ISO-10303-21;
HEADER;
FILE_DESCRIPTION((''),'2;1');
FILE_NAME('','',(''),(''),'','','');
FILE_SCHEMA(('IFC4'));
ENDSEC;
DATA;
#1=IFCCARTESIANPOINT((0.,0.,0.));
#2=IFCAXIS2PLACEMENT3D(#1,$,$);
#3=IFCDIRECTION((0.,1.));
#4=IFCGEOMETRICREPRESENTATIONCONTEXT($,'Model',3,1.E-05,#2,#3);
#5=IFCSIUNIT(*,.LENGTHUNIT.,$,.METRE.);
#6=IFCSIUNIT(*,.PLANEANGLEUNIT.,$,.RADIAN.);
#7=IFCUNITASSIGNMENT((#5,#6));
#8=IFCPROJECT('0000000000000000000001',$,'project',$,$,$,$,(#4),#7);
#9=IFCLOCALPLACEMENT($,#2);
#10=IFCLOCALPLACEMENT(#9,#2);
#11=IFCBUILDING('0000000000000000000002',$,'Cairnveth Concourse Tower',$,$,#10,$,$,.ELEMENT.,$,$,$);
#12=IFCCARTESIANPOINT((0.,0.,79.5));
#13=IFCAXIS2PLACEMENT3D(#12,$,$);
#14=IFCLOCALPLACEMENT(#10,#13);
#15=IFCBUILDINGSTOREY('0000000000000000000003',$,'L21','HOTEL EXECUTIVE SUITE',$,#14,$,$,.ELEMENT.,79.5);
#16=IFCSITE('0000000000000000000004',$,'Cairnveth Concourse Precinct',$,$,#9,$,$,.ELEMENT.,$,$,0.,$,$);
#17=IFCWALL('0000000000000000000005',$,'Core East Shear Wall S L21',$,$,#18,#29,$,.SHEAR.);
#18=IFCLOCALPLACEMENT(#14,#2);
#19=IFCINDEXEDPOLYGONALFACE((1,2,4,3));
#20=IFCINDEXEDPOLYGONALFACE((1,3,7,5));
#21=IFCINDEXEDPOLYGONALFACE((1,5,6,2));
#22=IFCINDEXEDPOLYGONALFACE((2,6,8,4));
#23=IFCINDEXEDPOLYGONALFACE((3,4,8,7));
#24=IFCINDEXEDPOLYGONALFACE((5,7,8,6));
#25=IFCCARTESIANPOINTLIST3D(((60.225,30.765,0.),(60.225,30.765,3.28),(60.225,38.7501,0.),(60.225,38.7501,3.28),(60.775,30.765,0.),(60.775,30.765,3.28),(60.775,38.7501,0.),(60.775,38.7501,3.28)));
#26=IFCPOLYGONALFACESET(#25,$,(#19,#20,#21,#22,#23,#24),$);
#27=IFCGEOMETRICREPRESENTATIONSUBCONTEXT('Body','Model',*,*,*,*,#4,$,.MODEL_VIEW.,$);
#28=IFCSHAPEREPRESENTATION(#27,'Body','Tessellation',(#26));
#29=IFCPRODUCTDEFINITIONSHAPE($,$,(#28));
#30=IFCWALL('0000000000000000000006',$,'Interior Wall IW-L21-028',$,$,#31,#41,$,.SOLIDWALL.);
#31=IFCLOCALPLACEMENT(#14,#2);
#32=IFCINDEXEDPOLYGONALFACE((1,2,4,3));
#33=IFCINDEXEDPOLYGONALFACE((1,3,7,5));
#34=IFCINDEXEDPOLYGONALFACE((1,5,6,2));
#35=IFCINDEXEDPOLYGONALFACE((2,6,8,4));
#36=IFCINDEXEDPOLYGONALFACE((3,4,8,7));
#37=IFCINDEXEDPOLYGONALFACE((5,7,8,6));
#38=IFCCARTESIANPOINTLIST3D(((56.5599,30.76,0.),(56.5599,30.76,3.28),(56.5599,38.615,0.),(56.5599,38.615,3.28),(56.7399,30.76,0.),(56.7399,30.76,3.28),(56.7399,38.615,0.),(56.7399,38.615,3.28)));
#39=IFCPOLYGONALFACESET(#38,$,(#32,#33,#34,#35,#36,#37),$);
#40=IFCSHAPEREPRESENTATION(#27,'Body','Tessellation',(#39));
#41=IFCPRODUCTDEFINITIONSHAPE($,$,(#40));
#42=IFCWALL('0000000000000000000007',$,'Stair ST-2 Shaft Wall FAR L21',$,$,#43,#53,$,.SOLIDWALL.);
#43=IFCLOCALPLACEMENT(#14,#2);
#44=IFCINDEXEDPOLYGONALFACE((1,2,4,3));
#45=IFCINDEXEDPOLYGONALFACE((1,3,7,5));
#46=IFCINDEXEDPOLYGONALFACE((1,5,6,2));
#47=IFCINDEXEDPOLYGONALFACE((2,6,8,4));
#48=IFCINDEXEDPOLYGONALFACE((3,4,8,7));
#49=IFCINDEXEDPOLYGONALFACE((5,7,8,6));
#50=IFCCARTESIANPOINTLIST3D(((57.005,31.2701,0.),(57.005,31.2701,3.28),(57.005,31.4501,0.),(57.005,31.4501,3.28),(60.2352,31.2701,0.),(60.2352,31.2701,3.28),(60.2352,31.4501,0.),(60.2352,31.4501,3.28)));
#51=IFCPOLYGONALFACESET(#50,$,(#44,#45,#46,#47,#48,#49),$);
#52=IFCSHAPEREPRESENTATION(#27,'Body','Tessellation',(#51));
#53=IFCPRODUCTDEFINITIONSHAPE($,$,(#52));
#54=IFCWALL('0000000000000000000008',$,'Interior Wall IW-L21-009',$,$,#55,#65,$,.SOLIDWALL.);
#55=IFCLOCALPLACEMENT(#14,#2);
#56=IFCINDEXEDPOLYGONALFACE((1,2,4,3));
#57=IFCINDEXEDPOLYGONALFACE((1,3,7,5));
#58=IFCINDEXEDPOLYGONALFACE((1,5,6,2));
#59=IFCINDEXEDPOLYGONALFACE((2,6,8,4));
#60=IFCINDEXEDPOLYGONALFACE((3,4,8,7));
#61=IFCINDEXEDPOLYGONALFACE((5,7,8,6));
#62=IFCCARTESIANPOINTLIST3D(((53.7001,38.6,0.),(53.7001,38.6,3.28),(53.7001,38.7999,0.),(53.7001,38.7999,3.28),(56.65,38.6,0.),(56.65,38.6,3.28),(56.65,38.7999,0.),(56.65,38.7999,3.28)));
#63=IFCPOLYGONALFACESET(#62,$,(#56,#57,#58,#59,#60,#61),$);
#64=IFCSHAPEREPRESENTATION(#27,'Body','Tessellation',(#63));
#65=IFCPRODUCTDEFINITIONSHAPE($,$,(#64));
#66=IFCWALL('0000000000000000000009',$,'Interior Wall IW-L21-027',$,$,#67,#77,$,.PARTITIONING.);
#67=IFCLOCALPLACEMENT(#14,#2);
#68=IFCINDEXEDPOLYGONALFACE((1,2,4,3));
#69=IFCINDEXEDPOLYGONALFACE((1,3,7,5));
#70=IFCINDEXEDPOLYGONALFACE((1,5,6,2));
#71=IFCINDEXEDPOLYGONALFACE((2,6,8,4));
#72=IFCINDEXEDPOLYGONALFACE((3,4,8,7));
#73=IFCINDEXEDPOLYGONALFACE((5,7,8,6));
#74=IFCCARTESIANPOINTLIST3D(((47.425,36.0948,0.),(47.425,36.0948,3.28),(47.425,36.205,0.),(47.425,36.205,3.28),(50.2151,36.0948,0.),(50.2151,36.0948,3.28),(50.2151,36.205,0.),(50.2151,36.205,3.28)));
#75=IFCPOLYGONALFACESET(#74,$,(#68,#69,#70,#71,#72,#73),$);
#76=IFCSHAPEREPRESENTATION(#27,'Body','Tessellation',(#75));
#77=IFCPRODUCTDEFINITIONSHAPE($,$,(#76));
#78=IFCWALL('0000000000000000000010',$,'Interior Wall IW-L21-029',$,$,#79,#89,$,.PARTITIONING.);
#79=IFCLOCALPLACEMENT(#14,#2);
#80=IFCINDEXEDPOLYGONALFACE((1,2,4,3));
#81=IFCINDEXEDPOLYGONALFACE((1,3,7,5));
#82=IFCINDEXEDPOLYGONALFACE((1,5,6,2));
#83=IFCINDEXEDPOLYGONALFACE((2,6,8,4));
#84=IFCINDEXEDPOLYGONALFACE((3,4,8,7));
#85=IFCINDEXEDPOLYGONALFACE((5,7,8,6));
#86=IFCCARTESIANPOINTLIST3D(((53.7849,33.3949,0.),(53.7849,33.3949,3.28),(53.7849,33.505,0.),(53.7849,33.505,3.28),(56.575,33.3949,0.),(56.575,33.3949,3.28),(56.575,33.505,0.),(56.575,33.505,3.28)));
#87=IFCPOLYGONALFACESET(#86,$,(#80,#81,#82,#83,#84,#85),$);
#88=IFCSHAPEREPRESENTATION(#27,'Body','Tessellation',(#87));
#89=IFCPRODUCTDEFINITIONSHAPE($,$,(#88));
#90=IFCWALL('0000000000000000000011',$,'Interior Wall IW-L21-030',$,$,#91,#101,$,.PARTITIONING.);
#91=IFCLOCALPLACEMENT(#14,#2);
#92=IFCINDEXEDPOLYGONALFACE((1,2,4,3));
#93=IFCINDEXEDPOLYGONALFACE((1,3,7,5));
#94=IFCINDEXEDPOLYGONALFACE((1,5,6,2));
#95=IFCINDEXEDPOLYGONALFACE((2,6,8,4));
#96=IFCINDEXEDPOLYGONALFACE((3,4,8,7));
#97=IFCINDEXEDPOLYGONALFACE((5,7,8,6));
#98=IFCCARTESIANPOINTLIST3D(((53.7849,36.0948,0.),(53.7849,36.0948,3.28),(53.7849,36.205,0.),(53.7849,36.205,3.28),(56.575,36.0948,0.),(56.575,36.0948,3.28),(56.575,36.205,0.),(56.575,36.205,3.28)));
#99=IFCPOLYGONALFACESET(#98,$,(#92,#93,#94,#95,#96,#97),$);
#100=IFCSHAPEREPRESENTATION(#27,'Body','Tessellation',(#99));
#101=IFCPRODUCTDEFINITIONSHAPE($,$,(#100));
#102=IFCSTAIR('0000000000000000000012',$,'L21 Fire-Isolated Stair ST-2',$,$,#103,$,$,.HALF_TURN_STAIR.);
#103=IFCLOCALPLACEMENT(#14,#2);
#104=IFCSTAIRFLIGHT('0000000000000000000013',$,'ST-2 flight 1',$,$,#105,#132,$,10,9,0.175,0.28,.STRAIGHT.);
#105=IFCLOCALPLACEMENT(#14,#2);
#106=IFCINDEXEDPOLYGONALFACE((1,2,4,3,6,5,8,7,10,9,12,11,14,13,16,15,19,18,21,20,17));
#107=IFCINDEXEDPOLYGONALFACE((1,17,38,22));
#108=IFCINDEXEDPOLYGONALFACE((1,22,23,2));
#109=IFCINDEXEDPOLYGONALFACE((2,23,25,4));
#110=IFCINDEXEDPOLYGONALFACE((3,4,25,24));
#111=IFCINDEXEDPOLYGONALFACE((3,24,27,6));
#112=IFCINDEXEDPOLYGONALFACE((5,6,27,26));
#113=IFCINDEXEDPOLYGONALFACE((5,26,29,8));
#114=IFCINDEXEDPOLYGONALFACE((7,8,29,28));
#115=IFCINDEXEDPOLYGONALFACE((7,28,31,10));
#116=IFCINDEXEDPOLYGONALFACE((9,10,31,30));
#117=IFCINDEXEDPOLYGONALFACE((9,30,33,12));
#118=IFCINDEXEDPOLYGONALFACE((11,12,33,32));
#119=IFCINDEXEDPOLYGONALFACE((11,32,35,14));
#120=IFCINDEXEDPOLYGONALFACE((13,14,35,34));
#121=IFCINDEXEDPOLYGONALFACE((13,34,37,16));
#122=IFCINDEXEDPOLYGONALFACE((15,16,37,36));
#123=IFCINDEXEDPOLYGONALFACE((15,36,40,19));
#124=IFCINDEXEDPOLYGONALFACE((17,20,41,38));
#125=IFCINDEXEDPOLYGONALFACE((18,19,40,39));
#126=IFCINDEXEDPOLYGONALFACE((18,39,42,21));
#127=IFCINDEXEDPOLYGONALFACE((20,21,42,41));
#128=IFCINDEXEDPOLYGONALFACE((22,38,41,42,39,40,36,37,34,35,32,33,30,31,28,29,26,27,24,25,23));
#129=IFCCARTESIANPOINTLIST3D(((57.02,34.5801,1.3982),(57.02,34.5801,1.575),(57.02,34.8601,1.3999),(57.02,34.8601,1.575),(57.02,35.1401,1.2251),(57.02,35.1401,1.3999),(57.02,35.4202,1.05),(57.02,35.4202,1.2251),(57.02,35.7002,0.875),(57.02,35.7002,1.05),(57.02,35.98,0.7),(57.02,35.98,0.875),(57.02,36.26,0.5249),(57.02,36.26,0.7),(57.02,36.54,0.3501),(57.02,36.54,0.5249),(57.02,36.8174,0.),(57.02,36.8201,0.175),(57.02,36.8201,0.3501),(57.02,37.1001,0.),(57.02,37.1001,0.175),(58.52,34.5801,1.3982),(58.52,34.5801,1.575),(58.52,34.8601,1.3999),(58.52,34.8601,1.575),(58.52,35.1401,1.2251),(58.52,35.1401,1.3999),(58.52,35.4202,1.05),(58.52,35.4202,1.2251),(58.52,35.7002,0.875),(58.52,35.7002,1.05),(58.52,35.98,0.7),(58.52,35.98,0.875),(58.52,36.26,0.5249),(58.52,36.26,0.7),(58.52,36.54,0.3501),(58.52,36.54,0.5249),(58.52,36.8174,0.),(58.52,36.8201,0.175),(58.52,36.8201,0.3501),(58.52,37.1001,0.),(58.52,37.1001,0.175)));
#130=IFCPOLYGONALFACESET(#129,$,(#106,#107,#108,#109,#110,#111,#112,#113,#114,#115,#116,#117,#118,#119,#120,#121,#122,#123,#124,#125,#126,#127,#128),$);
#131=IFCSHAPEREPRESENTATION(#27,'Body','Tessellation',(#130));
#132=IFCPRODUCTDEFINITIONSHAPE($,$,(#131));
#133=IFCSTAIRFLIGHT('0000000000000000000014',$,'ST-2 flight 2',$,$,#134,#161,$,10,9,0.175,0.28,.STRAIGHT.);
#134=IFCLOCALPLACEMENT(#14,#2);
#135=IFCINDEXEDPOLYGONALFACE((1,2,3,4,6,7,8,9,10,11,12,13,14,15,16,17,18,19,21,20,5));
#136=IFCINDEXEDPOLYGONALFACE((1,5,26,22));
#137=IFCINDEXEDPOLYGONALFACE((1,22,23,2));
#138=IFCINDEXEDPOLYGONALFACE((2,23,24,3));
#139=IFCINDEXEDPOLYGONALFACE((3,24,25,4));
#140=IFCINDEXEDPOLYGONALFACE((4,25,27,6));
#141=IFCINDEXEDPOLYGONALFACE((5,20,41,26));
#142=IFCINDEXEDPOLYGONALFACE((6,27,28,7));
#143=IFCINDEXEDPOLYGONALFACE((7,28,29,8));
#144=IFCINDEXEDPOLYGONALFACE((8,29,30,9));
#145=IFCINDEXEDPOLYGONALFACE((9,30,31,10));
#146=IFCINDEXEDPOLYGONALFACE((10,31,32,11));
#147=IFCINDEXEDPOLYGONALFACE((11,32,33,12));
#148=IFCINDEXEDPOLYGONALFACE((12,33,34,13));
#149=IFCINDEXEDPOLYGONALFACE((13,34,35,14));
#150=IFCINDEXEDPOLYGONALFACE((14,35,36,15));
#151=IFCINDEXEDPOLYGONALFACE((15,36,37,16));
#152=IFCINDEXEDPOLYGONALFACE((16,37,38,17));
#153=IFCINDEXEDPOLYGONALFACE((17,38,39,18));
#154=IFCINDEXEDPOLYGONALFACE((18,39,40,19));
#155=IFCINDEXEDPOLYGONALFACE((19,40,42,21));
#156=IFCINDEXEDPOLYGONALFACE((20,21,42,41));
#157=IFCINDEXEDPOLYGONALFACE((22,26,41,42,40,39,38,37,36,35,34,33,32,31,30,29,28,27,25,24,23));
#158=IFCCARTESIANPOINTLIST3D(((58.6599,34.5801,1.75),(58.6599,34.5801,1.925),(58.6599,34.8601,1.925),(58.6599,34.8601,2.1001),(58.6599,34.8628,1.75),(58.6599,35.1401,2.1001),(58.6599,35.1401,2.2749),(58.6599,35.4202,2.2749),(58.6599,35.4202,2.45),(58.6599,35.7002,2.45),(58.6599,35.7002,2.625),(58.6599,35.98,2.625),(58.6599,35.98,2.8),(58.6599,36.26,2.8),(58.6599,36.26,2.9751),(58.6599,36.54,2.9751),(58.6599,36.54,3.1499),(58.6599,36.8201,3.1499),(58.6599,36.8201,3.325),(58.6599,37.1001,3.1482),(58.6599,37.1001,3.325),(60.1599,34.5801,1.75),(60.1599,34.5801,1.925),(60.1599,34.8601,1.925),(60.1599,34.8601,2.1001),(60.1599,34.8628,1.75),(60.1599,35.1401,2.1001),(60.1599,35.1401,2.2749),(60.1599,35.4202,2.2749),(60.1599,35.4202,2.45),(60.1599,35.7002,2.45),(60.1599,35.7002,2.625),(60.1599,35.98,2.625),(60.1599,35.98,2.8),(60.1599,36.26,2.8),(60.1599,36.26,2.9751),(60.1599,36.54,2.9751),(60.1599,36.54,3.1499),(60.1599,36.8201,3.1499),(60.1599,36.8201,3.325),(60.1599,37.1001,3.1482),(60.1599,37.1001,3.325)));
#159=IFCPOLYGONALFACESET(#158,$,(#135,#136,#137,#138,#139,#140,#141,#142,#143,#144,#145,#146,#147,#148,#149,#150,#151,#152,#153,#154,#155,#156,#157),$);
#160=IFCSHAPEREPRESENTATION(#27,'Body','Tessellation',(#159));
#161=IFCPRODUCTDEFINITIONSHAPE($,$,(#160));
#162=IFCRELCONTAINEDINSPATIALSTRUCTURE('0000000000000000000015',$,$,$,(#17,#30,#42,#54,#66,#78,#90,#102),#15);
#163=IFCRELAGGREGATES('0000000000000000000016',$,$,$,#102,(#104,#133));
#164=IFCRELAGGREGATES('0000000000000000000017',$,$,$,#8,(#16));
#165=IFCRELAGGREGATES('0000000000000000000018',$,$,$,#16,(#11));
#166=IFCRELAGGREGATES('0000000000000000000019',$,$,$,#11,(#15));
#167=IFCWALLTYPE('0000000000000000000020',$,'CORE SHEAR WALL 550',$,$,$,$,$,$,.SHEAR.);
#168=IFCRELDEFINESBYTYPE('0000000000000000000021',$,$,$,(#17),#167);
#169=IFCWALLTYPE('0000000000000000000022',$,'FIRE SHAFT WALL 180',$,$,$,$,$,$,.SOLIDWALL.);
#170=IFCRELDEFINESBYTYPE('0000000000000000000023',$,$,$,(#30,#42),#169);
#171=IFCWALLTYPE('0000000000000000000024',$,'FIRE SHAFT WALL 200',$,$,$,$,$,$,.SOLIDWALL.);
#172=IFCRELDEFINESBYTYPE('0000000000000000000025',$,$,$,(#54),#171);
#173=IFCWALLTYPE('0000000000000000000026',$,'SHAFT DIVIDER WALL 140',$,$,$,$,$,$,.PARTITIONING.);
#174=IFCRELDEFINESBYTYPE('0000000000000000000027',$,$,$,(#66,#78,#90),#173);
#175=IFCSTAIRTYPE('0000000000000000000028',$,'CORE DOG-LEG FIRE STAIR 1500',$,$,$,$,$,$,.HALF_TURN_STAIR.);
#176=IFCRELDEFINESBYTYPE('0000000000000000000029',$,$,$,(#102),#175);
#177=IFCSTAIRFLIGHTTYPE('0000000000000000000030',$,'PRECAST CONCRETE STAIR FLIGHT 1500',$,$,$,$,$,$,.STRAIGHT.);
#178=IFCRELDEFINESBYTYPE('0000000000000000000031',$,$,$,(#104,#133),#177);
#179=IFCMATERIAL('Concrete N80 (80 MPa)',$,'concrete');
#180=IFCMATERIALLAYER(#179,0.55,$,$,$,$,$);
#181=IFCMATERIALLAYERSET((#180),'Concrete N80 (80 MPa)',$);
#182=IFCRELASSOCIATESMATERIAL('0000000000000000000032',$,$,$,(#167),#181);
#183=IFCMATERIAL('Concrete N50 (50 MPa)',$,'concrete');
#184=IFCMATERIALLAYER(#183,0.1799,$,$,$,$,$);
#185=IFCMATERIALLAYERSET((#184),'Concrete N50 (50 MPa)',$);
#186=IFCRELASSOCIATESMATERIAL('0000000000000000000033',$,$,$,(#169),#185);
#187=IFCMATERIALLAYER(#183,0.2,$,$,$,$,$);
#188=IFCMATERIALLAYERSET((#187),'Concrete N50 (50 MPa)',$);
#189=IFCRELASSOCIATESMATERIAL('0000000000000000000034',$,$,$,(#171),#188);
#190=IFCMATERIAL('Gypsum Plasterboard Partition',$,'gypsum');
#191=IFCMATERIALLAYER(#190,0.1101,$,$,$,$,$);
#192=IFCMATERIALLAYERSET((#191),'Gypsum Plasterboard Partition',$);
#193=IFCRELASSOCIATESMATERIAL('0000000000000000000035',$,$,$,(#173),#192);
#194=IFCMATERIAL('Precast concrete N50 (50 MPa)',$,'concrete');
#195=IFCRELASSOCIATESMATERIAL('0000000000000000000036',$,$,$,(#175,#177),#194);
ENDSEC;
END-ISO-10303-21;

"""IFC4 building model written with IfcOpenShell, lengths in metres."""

from ifc_helpers import new_model, si_unit, direction, frame, frame_2d, origin, place, context, subcontext, project, spatial, polyline, rectangle, outline, extrude, material, layer, layer_set, type_object, element, aggregate, save


model = new_model("IFC4")

# Units and contexts
model_context = context("Model", 3, precision=1e-05, world=origin(), true_north=direction((0.0, 1.0)))
body_context = subcontext(model_context, "Body", "Model", "MODEL_VIEW")
ifc_project = project(units=[si_unit("LENGTHUNIT", "METRE"), si_unit("PLANEANGLEUNIT", "RADIAN")], contexts=[model_context])

# Site, building, storey
site_placement = place(None, origin())
site = spatial("IfcSite", under=ifc_project, at=site_placement, Name="Cairnveth Concourse Precinct", CompositionType="ELEMENT", RefElevation=0.0)
building_placement = place(site_placement, origin())
building = spatial("IfcBuilding", under=site, at=building_placement, Name="Cairnveth Concourse Tower", CompositionType="ELEMENT")
storey_placement = place(building_placement, frame((0.0, 0.0, 79.5)))
storey = spatial("IfcBuildingStorey", under=building, at=storey_placement, Name="L21", Description="HOTEL EXECUTIVE SUITE", CompositionType="ELEMENT", Elevation=79.5)

# Walls
ifc_material_1 = material(Name="Concrete N80 (80 MPa)", Category="concrete")
ifc_layer_1 = layer(ifc_material_1, 0.55)
ifc_layer_set_1 = layer_set([ifc_layer_1], Name="Concrete N80 (80 MPa)")
wall_type_1 = type_object("IfcWallType", Name="CORE SHEAR WALL 550", PredefinedType="SHEAR", material=ifc_layer_set_1)
wall_1_placement = place(storey_placement, frame((60.5, 30.7649, 0.0), z_axis=(0.0, 0.0, 1.0), x_axis=(0.0, 1.0, 0.0)))
element("IfcWall", 1, at=wall_1_placement, inside=storey, type_object=wall_type_1, Name="Core East Shear Wall S L21", PredefinedType="SHEAR", context=body_context, shape_type="SweptSolid", body=[
    extrude(rectangle(XDim=7.9851, YDim=0.55, at=frame_2d((3.9927, 0.0))), origin(), (0.0, 0.0, 1.0), 3.28),
])
ifc_material_2 = material(Name="Concrete N50 (50 MPa)", Category="concrete")
ifc_layer_2 = layer(ifc_material_2, 0.1799)
ifc_layer_set_2 = layer_set([ifc_layer_2], Name="Concrete N50 (50 MPa)")
wall_type_2 = type_object("IfcWallType", Name="FIRE SHAFT WALL 180", PredefinedType="SOLIDWALL", material=ifc_layer_set_2)
wall_2_placement = place(storey_placement, frame((56.6499, 30.76, 0.0), z_axis=(0.0, 0.0, 1.0), x_axis=(0.0, 1.0, 0.0)))
element("IfcWall", 2, at=wall_2_placement, inside=storey, type_object=wall_type_2, Name="Interior Wall IW-L21-028", PredefinedType="SOLIDWALL", context=body_context, shape_type="SweptSolid", body=[
    extrude(rectangle(XDim=7.855, YDim=0.1799, at=frame_2d((3.9275, 0.0))), origin(), (0.0, 0.0, 1.0), 3.28),
])

# Walls
wall_3_placement = place(storey_placement, frame((57.0049, 31.3601, 0.0), z_axis=(0.0, 0.0, 1.0), x_axis=(1.0, 0.0, 0.0)))
element("IfcWall", 3, at=wall_3_placement, inside=storey, type_object=wall_type_2, Name="Stair ST-2 Shaft Wall FAR L21", PredefinedType="SOLIDWALL", context=body_context, shape_type="SweptSolid", body=[
    extrude(rectangle(XDim=3.2302, YDim=0.1799, at=frame_2d((1.6152, 0.0))), origin(), (0.0, 0.0, 1.0), 3.28),
])
ifc_layer_3 = layer(ifc_material_2, 0.2)
ifc_layer_set_3 = layer_set([ifc_layer_3], Name="Concrete N50 (50 MPa)")
wall_type_3 = type_object("IfcWallType", Name="FIRE SHAFT WALL 200", PredefinedType="SOLIDWALL", material=ifc_layer_set_3)
wall_4_placement = place(storey_placement, frame((53.7, 38.7, 0.0), z_axis=(0.0, 0.0, 1.0), x_axis=(1.0, 0.0, 0.0)))
element("IfcWall", 4, at=wall_4_placement, inside=storey, type_object=wall_type_3, Name="Interior Wall IW-L21-009", PredefinedType="SOLIDWALL", context=body_context, shape_type="SweptSolid", body=[
    extrude(rectangle(XDim=2.95, YDim=0.2, at=frame_2d((1.4751, 0.0))), origin(), (0.0, 0.0, 1.0), 3.28),
])

# Walls
ifc_material_3 = material(Name="Gypsum Plasterboard Partition", Category="gypsum")
ifc_layer_4 = layer(ifc_material_3, 0.1101)
ifc_layer_set_4 = layer_set([ifc_layer_4], Name="Gypsum Plasterboard Partition")
wall_type_4 = type_object("IfcWallType", Name="SHAFT DIVIDER WALL 140", PredefinedType="PARTITIONING", material=ifc_layer_set_4)
for number, where, z_axis, x_axis, name in (
    (5, (47.425, 36.1499, 0.0), (0.0, 0.0, 1.0), (1.0, 0.0, 0.0), "Interior Wall IW-L21-027"),
    (6, (53.7849, 33.45, 0.0), (0.0, 0.0, 1.0), (1.0, 0.0, 0.0), "Interior Wall IW-L21-029"),
    (7, (53.7849, 36.1499, 0.0), (0.0, 0.0, 1.0), (1.0, 0.0, 0.0), "Interior Wall IW-L21-030"),
):
    element("IfcWall", number, at=place(storey_placement, frame(where, z_axis=z_axis, x_axis=x_axis)), inside=storey, type_object=wall_type_4, Name=name, PredefinedType="PARTITIONING", context=body_context, shape_type="SweptSolid", body=[
        extrude(rectangle(XDim=2.79, YDim=0.1101, at=frame_2d((1.395, 0.0))), origin(), (0.0, 0.0, 1.0), 3.28),
    ])

# Stair, stair flights
ifc_material_4 = material(Name="Precast concrete N50 (50 MPa)", Category="concrete")
stair_type = type_object("IfcStairType", Name="CORE DOG-LEG FIRE STAIR 1500", PredefinedType="HALF_TURN_STAIR", material=ifc_material_4)
stair_placement = place(storey_placement, origin())
stair = element("IfcStair", 8, at=stair_placement, inside=storey, type_object=stair_type, Name="L21 Fire-Isolated Stair ST-2", PredefinedType="HALF_TURN_STAIR")
stair_flight_type = type_object("IfcStairFlightType", Name="PRECAST CONCRETE STAIR FLIGHT 1500", PredefinedType="STRAIGHT", material=ifc_material_4)
stair_flight_1_placement = place(storey_placement, frame((57.77, 37.1001, 0.0), z_axis=(0.0, 0.0, 1.0), x_axis=(0.0, -1.0, 0.0)))
stair_flight_1 = element("IfcStairFlight", 9, at=stair_flight_1_placement, type_object=stair_flight_type, Name="ST-2 flight 1", NumberOfRisers=10, NumberOfTreads=9, PredefinedType="STRAIGHT", RiserHeight=0.175, TreadLength=0.28, context=body_context, shape_type="SweptSolid", body=[
    extrude(outline(polyline([(0.0, 0.0), (0.0, 0.175), (0.28, 0.175), (0.28, 0.3501), (0.5601, 0.3501), (0.5601, 0.5249), (0.8401, 0.5249), (0.8401, 0.7), (1.1201, 0.7), (1.1201, 0.875), (1.3999, 0.875), (1.3999, 1.05), (1.6799, 1.05), (1.6799, 1.2251), (1.96, 1.2251), (1.96, 1.3999), (2.24, 1.3999), (2.24, 1.575), (2.52, 1.575), (2.52, 1.75), (2.52, 1.3982), (0.2827, 0.0), (0.0, 0.0)])), frame((0.0, 0.75, 0.0), z_axis=(0.0, -1.0, 0.0), x_axis=(1.0, 0.0, 0.0)), (0.0, 0.0, 1.0), 1.5),
])
stair_flight_2_placement = place(storey_placement, frame((59.4099, 34.5801, 1.75), z_axis=(0.0, 0.0, 1.0), x_axis=(0.0, 1.0, 0.0)))
stair_flight_2 = element("IfcStairFlight", 10, at=stair_flight_2_placement, type_object=stair_flight_type, Name="ST-2 flight 2", NumberOfRisers=10, NumberOfTreads=9, PredefinedType="STRAIGHT", RiserHeight=0.175, TreadLength=0.28, context=body_context, shape_type="SweptSolid", body=[
    extrude(outline(polyline([(0.0, 0.0), (0.0, 0.175), (0.28, 0.175), (0.28, 0.3501), (0.5601, 0.3501), (0.5601, 0.5249), (0.8401, 0.5249), (0.8401, 0.7), (1.1201, 0.7), (1.1201, 0.875), (1.3999, 0.875), (1.3999, 1.05), (1.6799, 1.05), (1.6799, 1.2251), (1.96, 1.2251), (1.96, 1.3999), (2.24, 1.3999), (2.24, 1.575), (2.52, 1.575), (2.52, 1.75), (2.52, 1.3982), (0.2827, 0.0), (0.0, 0.0)])), frame((0.0, 0.75, 0.0), z_axis=(0.0, -1.0, 0.0), x_axis=(1.0, 0.0, 0.0)), (0.0, 0.0, 1.0), 1.5),
])
aggregate(stair, [stair_flight_1, stair_flight_2])

save(model, "model.ifc")
